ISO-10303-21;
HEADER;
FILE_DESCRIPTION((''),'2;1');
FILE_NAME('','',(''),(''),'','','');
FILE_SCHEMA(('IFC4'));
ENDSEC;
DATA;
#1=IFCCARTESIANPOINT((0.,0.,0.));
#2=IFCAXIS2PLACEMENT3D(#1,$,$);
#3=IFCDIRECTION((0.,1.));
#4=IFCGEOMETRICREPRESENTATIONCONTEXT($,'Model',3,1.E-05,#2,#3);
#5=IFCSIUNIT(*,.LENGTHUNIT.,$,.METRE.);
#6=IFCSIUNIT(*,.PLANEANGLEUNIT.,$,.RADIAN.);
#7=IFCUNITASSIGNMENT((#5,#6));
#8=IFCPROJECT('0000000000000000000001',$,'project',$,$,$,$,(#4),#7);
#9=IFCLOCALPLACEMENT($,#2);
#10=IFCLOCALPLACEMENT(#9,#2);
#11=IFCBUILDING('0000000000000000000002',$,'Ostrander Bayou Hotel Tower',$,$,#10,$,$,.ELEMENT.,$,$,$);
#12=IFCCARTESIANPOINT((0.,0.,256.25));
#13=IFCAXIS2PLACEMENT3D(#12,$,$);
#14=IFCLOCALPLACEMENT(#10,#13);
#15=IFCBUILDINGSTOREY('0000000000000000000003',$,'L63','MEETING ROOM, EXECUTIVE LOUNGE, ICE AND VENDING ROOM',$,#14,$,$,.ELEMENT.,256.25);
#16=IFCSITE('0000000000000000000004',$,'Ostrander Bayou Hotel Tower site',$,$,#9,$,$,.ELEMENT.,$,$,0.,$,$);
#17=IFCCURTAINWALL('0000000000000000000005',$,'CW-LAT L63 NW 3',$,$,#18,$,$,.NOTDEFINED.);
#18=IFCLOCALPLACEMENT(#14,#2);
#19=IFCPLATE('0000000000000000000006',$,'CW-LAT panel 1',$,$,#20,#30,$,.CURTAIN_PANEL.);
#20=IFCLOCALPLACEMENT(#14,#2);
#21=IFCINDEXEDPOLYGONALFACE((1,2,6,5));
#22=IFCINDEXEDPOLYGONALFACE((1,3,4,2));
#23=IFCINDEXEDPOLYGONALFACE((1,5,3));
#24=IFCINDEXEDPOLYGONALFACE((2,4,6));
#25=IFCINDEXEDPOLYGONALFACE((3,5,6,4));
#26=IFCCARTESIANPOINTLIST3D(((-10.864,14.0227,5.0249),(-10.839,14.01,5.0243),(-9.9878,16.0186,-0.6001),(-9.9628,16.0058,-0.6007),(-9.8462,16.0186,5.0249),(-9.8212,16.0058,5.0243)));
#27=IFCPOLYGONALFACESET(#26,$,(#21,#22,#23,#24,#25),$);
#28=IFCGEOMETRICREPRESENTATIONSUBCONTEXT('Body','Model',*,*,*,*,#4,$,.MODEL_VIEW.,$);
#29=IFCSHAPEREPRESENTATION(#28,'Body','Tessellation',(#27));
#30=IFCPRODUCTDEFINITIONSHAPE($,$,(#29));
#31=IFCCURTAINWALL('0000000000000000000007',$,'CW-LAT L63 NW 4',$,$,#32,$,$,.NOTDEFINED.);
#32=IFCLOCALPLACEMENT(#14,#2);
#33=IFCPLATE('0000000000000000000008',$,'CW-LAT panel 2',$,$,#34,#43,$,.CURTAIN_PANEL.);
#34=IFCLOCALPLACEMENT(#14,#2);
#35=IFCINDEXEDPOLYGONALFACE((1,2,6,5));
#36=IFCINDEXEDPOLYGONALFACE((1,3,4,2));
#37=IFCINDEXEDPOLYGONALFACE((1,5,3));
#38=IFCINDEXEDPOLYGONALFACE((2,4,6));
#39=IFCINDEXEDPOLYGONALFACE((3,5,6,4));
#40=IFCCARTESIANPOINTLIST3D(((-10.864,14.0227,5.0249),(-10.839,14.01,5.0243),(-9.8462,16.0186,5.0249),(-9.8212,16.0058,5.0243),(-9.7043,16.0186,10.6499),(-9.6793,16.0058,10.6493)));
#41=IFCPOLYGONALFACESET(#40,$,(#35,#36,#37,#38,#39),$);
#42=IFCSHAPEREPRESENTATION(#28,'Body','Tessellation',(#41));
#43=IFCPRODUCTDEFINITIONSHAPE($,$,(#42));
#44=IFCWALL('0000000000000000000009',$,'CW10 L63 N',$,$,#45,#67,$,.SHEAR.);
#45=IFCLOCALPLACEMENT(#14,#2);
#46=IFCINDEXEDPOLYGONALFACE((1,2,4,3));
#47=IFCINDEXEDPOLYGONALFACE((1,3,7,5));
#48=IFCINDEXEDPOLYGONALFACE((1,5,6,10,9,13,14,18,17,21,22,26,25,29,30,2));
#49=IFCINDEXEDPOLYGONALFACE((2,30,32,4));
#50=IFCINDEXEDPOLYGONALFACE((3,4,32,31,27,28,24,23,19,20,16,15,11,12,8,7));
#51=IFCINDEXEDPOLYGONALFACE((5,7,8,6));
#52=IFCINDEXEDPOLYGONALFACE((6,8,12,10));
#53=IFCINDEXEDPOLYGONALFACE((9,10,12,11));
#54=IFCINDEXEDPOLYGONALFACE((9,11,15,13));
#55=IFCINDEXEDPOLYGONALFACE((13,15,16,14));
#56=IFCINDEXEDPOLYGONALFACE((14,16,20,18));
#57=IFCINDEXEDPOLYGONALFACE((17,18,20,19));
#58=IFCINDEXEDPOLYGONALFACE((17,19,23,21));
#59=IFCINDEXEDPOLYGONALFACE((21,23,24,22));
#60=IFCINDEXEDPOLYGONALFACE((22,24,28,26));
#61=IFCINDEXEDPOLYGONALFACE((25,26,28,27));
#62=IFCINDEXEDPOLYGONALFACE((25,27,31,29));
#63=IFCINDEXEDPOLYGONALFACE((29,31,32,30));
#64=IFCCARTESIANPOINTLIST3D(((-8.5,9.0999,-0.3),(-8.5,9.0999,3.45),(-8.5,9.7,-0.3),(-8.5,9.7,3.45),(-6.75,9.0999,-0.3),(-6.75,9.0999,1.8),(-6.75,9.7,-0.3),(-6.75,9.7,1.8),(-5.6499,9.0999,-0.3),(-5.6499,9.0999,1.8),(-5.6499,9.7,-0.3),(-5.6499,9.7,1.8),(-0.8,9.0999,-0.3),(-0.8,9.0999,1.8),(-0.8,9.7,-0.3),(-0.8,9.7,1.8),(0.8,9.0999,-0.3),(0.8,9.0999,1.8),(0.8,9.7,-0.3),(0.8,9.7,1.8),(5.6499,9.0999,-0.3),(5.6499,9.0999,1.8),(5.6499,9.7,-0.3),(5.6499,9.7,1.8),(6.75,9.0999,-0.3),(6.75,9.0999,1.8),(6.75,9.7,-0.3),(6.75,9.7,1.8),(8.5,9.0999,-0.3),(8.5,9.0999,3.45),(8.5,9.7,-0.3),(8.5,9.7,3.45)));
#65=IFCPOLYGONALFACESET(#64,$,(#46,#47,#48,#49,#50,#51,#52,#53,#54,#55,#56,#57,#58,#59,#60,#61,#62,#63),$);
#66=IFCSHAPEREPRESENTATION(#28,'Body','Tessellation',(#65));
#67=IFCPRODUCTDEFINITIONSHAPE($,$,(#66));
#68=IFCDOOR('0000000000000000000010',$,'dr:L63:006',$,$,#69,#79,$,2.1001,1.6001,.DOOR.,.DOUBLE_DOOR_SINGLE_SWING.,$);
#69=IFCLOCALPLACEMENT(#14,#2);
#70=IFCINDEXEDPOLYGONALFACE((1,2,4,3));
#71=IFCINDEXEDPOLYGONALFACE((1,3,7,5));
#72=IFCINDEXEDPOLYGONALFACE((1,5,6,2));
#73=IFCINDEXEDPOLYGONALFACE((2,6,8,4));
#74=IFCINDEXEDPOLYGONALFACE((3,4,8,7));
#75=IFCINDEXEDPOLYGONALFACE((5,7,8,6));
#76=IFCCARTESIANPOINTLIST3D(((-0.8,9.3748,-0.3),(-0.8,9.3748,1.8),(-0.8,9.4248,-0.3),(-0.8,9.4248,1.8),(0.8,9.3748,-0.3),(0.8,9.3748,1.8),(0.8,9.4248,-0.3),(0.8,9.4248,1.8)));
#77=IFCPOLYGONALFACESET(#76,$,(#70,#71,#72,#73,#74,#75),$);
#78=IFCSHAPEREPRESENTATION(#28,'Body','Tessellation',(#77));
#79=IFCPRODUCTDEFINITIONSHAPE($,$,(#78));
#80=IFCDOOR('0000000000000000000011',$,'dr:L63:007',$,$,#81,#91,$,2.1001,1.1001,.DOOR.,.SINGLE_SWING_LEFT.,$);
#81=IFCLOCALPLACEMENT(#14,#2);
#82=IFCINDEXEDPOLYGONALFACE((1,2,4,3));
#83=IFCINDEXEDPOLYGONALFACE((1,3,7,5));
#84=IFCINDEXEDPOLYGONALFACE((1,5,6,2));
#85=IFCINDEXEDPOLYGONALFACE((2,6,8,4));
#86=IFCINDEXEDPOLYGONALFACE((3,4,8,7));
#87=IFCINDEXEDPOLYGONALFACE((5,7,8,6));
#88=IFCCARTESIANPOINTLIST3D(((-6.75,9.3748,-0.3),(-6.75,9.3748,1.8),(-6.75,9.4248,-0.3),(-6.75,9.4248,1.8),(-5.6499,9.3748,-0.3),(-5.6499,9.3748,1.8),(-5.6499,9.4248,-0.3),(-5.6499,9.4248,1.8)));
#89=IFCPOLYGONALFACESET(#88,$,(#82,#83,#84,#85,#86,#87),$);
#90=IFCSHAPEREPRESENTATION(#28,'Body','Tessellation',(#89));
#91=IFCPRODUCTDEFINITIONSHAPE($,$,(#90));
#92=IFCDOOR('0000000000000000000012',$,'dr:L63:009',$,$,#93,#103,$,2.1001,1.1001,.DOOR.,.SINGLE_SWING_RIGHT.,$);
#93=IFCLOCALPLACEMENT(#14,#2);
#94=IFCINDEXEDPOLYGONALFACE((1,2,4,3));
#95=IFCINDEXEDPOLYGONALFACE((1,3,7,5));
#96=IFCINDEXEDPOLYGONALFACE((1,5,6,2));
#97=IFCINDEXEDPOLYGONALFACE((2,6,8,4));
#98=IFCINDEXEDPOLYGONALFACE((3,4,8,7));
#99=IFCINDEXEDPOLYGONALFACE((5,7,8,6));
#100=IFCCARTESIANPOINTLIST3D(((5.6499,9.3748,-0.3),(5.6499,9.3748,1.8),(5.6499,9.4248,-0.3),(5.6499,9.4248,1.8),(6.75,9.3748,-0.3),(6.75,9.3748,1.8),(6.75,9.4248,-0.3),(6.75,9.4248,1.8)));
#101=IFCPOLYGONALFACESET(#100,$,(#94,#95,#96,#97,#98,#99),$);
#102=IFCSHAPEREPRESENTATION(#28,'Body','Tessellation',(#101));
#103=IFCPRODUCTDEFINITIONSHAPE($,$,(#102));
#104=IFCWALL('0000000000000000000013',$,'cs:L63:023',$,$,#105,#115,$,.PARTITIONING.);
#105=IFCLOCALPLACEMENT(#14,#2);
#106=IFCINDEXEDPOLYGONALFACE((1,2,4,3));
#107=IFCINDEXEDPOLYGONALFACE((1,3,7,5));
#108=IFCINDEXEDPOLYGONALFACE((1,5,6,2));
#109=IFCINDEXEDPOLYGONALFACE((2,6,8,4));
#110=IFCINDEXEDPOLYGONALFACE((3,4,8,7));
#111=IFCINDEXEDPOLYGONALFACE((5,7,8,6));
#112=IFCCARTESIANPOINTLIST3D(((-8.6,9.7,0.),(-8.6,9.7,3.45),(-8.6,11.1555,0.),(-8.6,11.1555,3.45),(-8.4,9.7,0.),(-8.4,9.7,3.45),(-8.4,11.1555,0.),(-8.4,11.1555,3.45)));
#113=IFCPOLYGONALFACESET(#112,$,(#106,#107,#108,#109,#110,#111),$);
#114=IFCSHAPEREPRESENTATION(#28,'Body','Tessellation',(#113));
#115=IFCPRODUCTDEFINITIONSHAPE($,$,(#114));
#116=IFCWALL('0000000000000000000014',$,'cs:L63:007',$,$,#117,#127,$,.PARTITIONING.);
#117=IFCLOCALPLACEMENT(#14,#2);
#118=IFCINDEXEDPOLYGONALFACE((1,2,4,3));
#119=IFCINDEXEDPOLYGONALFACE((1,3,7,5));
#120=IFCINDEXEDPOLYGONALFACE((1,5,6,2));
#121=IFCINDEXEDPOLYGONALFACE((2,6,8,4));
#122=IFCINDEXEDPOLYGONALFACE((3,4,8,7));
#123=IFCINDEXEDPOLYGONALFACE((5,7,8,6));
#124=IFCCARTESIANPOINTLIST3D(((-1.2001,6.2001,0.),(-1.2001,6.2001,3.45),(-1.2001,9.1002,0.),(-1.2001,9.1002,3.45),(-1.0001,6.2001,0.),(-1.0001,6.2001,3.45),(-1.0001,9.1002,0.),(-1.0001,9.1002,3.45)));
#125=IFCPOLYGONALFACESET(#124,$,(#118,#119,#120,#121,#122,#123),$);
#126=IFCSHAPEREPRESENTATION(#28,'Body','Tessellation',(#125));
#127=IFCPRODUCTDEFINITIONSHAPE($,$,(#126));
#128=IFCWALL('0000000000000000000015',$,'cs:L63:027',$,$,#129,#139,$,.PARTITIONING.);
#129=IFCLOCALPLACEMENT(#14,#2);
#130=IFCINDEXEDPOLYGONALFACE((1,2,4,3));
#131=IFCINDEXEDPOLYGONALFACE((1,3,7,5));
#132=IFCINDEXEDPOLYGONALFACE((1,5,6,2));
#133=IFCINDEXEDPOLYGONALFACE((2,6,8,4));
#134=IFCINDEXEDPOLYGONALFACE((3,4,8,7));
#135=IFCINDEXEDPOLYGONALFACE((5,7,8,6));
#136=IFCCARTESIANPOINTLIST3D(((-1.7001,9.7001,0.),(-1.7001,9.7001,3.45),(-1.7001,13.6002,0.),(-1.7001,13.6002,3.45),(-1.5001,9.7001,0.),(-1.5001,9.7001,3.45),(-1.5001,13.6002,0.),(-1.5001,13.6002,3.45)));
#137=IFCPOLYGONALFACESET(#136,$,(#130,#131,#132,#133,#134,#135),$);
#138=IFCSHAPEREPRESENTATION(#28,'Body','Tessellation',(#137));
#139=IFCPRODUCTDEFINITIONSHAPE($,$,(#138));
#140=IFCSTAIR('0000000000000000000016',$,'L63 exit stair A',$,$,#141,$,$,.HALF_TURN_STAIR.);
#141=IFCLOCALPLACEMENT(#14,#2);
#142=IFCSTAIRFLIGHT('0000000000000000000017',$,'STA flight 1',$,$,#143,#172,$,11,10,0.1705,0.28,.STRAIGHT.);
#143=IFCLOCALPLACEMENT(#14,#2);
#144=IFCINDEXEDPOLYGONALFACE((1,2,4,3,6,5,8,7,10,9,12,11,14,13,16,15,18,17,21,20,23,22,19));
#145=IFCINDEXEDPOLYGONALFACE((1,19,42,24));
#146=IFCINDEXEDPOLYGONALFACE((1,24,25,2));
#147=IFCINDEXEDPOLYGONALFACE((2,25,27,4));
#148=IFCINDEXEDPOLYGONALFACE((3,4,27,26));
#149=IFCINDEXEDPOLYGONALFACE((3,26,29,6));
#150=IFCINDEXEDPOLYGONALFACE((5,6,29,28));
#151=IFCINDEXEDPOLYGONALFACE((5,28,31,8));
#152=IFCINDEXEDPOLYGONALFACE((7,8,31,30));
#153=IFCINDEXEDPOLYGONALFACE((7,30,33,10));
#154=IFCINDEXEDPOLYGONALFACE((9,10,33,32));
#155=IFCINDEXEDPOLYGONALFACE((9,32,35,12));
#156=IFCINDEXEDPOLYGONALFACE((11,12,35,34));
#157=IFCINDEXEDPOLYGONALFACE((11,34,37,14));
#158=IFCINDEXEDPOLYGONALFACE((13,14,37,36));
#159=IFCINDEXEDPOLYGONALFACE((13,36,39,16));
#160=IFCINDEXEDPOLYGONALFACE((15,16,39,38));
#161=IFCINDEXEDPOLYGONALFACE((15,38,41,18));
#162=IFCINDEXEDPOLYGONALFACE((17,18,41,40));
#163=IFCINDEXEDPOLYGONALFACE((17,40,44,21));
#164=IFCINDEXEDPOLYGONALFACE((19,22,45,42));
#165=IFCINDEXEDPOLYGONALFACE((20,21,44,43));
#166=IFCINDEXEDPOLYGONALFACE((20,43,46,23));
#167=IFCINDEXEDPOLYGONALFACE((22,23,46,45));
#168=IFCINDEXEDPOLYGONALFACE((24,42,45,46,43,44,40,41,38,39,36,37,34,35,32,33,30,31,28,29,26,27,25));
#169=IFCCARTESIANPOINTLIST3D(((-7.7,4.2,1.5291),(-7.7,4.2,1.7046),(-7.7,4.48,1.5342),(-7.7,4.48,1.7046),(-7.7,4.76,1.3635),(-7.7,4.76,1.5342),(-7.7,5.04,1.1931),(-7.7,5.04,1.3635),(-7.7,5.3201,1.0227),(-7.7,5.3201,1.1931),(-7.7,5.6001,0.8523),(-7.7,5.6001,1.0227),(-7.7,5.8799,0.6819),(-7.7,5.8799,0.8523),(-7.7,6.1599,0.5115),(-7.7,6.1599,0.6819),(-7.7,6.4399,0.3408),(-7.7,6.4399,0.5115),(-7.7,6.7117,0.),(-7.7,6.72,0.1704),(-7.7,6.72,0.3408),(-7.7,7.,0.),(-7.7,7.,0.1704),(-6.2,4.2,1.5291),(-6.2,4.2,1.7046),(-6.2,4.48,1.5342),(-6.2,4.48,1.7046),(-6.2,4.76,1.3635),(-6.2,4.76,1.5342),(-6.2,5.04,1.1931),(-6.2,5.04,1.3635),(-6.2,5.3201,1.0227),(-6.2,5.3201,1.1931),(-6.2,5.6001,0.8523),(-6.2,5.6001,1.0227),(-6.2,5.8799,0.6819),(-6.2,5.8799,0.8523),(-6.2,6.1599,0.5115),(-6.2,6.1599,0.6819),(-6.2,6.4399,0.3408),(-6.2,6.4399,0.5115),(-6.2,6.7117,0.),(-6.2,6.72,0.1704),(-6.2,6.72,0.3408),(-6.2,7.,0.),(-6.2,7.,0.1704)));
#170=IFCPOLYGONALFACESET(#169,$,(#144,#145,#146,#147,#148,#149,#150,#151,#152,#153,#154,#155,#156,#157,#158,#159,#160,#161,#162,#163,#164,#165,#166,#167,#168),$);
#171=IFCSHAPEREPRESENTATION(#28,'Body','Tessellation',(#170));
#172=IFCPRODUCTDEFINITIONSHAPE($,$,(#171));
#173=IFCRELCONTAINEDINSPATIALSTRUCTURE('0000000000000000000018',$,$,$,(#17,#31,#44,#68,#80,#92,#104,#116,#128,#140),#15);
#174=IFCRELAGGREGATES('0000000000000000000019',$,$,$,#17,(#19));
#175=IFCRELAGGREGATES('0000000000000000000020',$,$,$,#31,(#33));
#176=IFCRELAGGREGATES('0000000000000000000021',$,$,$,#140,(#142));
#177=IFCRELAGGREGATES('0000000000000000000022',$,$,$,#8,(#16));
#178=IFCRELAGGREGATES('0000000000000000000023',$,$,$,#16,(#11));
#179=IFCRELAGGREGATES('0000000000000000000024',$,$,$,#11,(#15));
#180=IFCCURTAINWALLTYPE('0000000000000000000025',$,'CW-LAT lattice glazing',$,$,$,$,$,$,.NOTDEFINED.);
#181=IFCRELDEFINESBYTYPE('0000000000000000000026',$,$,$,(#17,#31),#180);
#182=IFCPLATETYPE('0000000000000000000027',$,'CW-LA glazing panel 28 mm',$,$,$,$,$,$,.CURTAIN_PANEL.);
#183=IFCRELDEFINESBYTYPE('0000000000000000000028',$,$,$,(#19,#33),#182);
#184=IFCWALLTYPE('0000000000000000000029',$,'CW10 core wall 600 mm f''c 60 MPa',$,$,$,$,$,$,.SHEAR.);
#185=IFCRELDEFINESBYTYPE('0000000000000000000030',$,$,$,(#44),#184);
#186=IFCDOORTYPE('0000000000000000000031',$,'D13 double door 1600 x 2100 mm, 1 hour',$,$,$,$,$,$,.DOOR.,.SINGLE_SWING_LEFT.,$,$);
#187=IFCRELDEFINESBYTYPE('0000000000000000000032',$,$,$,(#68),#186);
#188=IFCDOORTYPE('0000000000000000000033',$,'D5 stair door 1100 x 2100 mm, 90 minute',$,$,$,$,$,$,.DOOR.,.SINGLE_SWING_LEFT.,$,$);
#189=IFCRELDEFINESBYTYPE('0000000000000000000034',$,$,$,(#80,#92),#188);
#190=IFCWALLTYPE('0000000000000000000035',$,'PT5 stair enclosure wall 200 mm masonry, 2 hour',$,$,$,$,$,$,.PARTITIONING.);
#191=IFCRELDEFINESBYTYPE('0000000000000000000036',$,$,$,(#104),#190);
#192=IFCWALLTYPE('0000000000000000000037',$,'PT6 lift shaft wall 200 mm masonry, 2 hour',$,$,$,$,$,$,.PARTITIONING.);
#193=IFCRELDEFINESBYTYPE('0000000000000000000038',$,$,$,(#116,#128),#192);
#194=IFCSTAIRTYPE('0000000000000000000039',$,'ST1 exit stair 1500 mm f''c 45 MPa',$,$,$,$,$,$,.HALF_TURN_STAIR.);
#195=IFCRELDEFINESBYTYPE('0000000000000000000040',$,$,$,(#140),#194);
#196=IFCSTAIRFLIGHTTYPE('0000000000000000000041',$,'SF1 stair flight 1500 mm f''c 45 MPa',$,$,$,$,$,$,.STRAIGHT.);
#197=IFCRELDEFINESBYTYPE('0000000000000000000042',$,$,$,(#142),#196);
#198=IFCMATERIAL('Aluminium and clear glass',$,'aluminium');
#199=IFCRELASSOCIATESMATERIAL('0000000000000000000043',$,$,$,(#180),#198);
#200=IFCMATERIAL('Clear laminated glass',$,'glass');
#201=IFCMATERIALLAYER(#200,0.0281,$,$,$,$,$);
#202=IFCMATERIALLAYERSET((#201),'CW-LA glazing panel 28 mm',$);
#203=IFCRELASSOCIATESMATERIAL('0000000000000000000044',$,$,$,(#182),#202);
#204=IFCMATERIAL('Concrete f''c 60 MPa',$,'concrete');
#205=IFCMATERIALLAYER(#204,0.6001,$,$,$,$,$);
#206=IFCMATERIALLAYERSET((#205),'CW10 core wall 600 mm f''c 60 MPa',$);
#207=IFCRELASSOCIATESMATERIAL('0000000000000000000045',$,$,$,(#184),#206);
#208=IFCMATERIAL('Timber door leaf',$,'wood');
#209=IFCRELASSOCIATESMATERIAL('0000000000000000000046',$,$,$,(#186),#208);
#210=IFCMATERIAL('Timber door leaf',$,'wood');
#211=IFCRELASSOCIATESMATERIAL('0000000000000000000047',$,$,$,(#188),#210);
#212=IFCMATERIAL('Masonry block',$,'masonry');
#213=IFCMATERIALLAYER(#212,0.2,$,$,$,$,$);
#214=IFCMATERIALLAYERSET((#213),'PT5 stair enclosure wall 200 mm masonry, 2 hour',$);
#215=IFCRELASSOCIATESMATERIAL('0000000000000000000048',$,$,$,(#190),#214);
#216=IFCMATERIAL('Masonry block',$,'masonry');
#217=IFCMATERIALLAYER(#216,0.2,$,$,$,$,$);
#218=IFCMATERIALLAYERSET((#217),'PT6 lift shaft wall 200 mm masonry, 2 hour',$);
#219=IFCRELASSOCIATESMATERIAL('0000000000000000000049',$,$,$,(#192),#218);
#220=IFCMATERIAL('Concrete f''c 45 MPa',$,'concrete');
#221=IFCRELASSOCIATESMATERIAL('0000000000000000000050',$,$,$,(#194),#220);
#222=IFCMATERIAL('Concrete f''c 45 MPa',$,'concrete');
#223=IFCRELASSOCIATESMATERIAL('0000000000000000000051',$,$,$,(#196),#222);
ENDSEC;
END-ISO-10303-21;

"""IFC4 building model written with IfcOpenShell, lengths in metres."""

from ifc_helpers import new_model, si_unit, direction, frame, frame_2d, origin, place, context, subcontext, project, spatial, polyline, rectangle, outline, extrude, material, layer, layer_set, type_object, element, fill, aggregate, save


model = new_model("IFC4")

# Units and contexts
model_context = context("Model", 3, precision=1e-05, world=origin(), true_north=direction((0.0, 1.0)))
body_context = subcontext(model_context, "Body", "Model", "MODEL_VIEW")
ifc_project = project(units=[si_unit("LENGTHUNIT", "METRE"), si_unit("PLANEANGLEUNIT", "RADIAN")], contexts=[model_context])

# Site, building, storey
site_placement = place(None, origin())
site = spatial("IfcSite", under=ifc_project, at=site_placement, Name="Ostrander Bayou Hotel Tower site", CompositionType="ELEMENT", RefElevation=0.0)
building_placement = place(site_placement, origin())
building = spatial("IfcBuilding", under=site, at=building_placement, Name="Ostrander Bayou Hotel Tower", CompositionType="ELEMENT")
storey_placement = place(building_placement, frame((0.0, 0.0, 256.25)))
storey = spatial("IfcBuildingStorey", under=building, at=storey_placement, Name="L63", Description="MEETING ROOM, EXECUTIVE LOUNGE, ICE AND VENDING ROOM", CompositionType="ELEMENT", Elevation=256.25)

# Curtain walls, plates
ifc_material_1 = material(Name="Aluminium and clear glass", Category="aluminium")
curtain_wall_type = type_object("IfcCurtainWallType", Name="CW-LAT lattice glazing", PredefinedType="NOTDEFINED", material=ifc_material_1)
curtain_wall_1_placement = place(storey_placement, origin())
curtain_wall_1 = element("IfcCurtainWall", 1, at=curtain_wall_1_placement, inside=storey, type_object=curtain_wall_type, Name="CW-LAT L63 NW 3", PredefinedType="NOTDEFINED")
ifc_material_2 = material(Name="Clear laminated glass", Category="glass")
ifc_layer_1 = layer(ifc_material_2, 0.0281)
ifc_layer_set_1 = layer_set([ifc_layer_1], Name="CW-LA glazing panel 28 mm")
plate_type = type_object("IfcPlateType", Name="CW-LA glazing panel 28 mm", PredefinedType="CURTAIN_PANEL", material=ifc_layer_set_1)
plate_1_placement = place(storey_placement, frame((-10.864, 14.0227, 5.0249), z_axis=(-0.890623, 0.45419, 0.02242), x_axis=(0.145249, 0.330846, -0.93244)))
plate_1 = element("IfcPlate", 2, at=plate_1_placement, type_object=plate_type, Name="CW-LAT panel 1", PredefinedType="CURTAIN_PANEL", context=body_context, shape_type="SweptSolid", body=[
    extrude(outline(polyline([(0.0, 0.0), (6.0326, 0.0), (0.8082, -2.0896), (0.0, 0.0)])), origin(), (0.0, 0.0, -1.0), 0.0281),
])
aggregate(curtain_wall_1, [plate_1])
curtain_wall_2_placement = place(storey_placement, origin())
curtain_wall_2 = element("IfcCurtainWall", 3, at=curtain_wall_2_placement, inside=storey, type_object=curtain_wall_type, Name="CW-LAT L63 NW 4", PredefinedType="NOTDEFINED")
plate_2_placement = place(storey_placement, frame((-10.864, 14.0227, 5.0249), z_axis=(-0.890622, 0.45419, 0.022459), x_axis=(0.190728, 0.328254, 0.925134)))
plate_2 = element("IfcPlate", 4, at=plate_2_placement, type_object=plate_type, Name="CW-LAT panel 2", PredefinedType="CURTAIN_PANEL", context=body_context, shape_type="SweptSolid", body=[
    extrude(outline(polyline([(0.0, 0.0), (6.0802, 0.0), (0.8493, 2.0732), (0.0, 0.0)])), origin(), (0.0, 0.0, -1.0), 0.0281),
])
aggregate(curtain_wall_2, [plate_2])

# Wall, openings, doors
ifc_material_3 = material(Name="Concrete f'c 60 MPa", Category="concrete")
ifc_layer_2 = layer(ifc_material_3, 0.6001)
ifc_layer_set_2 = layer_set([ifc_layer_2], Name="CW10 core wall 600 mm f'c 60 MPa")
wall_type_1 = type_object("IfcWallType", Name="CW10 core wall 600 mm f'c 60 MPa", PredefinedType="SHEAR", material=ifc_layer_set_2)
wall_1_placement = place(storey_placement, frame((-8.5, 9.3999, -0.3), z_axis=(0.0, 0.0, 1.0), x_axis=(1.0, 0.0, 0.0)))
wall_1 = element("IfcWall", 5, at=wall_1_placement, inside=storey, type_object=wall_type_1, Name="CW10 L63 N", PredefinedType="SHEAR", context=body_context, shape_type="SweptSolid", body=[
    extrude(rectangle(XDim=17.0, YDim=0.6001, at=frame_2d((8.5, 0.0))), origin(), (0.0, 0.0, 1.0), 3.75),
])
opening_1_placement = place(wall_1_placement, frame((7.7, 0.0, 0.0)))
opening_1 = element("IfcOpeningElement", 6, at=opening_1_placement, cuts=wall_1, PredefinedType="OPENING", context=body_context, shape_type="SweptSolid", body=[
    extrude(rectangle(XDim=1.6001, YDim=2.1001, at=frame_2d((0.8, 1.05))), frame((0.0, 0.3, 0.0), z_axis=(0.0, -1.0, 0.0), x_axis=(1.0, 0.0, 0.0)), (0.0, 0.0, 1.0), 0.6001),
])
opening_2_placement = place(wall_1_placement, frame((1.75, 0.0, 0.0)))
opening_2 = element("IfcOpeningElement", 7, at=opening_2_placement, cuts=wall_1, PredefinedType="OPENING", context=body_context, shape_type="SweptSolid", body=[
    extrude(rectangle(XDim=1.1001, YDim=2.1001, at=frame_2d((0.55, 1.05))), frame((0.0, 0.3, 0.0), z_axis=(0.0, -1.0, 0.0), x_axis=(1.0, 0.0, 0.0)), (0.0, 0.0, 1.0), 0.6001),
])
opening_3_placement = place(wall_1_placement, frame((14.1499, 0.0, 0.0)))
opening_3 = element("IfcOpeningElement", 8, at=opening_3_placement, cuts=wall_1, PredefinedType="OPENING", context=body_context, shape_type="SweptSolid", body=[
    extrude(rectangle(XDim=1.1001, YDim=2.1001, at=frame_2d((0.55, 1.05))), frame((0.0, 0.3, 0.0), z_axis=(0.0, -1.0, 0.0), x_axis=(1.0, 0.0, 0.0)), (0.0, 0.0, 1.0), 0.6001),
])
ifc_material_4 = material(Name="Timber door leaf", Category="wood")
door_type_1 = type_object("IfcDoorType", Name="D13 double door 1600 x 2100 mm, 1 hour", OperationType="SINGLE_SWING_LEFT", PredefinedType="DOOR", material=ifc_material_4)
door_1_placement = place(opening_1_placement, origin())
door_1 = element("IfcDoor", 9, at=door_1_placement, inside=storey, type_object=door_type_1, Name="dr:L63:006", OperationType="DOUBLE_DOOR_SINGLE_SWING", OverallHeight=2.1001, OverallWidth=1.6001, PredefinedType="DOOR", context=body_context, shape_type="SweptSolid", body=[
    extrude(rectangle(XDim=1.6001, YDim=2.1001, at=frame_2d((0.8, 1.05))), frame((0.0, 0.0249, 0.0), z_axis=(0.0, -1.0, 0.0), x_axis=(1.0, 0.0, 0.0)), (0.0, 0.0, 1.0), 0.05),
])
fill(opening_1, door_1)
ifc_material_5 = material(Name="Timber door leaf", Category="wood")
door_type_2 = type_object("IfcDoorType", Name="D5 stair door 1100 x 2100 mm, 90 minute", OperationType="SINGLE_SWING_LEFT", PredefinedType="DOOR", material=ifc_material_5)
door_2_placement = place(opening_2_placement, origin())
door_2 = element("IfcDoor", 10, at=door_2_placement, inside=storey, type_object=door_type_2, Name="dr:L63:007", OperationType="SINGLE_SWING_LEFT", OverallHeight=2.1001, OverallWidth=1.1001, PredefinedType="DOOR", context=body_context, shape_type="SweptSolid", body=[
    extrude(rectangle(XDim=1.1001, YDim=2.1001, at=frame_2d((0.55, 1.05))), frame((0.0, 0.0249, 0.0), z_axis=(0.0, -1.0, 0.0), x_axis=(1.0, 0.0, 0.0)), (0.0, 0.0, 1.0), 0.05),
])
fill(opening_2, door_2)
door_3_placement = place(opening_3_placement, origin())
door_3 = element("IfcDoor", 11, at=door_3_placement, inside=storey, type_object=door_type_2, Name="dr:L63:009", OperationType="SINGLE_SWING_RIGHT", OverallHeight=2.1001, OverallWidth=1.1001, PredefinedType="DOOR", context=body_context, shape_type="SweptSolid", body=[
    extrude(rectangle(XDim=1.1001, YDim=2.1001, at=frame_2d((0.55, 1.05))), frame((0.0, 0.0249, 0.0), z_axis=(0.0, -1.0, 0.0), x_axis=(1.0, 0.0, 0.0)), (0.0, 0.0, 1.0), 0.05),
])
fill(opening_3, door_3)

# Shared definitions
ifc_material_6 = material(Name="Masonry block", Category="masonry")
ifc_layer_3 = layer(ifc_material_6, 0.2)
ifc_layer_set_3 = layer_set([ifc_layer_3], Name="PT5 stair enclosure wall 200 mm masonry, 2 hour")
wall_type_2 = type_object("IfcWallType", Name="PT5 stair enclosure wall 200 mm masonry, 2 hour", PredefinedType="PARTITIONING", material=ifc_layer_set_3)

# Wall
wall_2_placement = place(storey_placement, frame((-8.5, 9.7, 0.0), z_axis=(0.0, 0.0, 1.0), x_axis=(0.0, 1.0, 0.0)))
element("IfcWall", 12, at=wall_2_placement, inside=storey, type_object=wall_type_2, Name="cs:L63:023", PredefinedType="PARTITIONING", context=body_context, shape_type="SweptSolid", body=[
    extrude(rectangle(XDim=1.4556, YDim=0.2, at=frame_2d((0.7278, 0.0))), origin(), (0.0, 0.0, 1.0), 3.45),
])

# Shared definitions
ifc_material_7 = material(Name="Masonry block", Category="masonry")
ifc_layer_4 = layer(ifc_material_7, 0.2)
ifc_layer_set_4 = layer_set([ifc_layer_4], Name="PT6 lift shaft wall 200 mm masonry, 2 hour")
wall_type_3 = type_object("IfcWallType", Name="PT6 lift shaft wall 200 mm masonry, 2 hour", PredefinedType="PARTITIONING", material=ifc_layer_set_4)

# Walls
wall_3_placement = place(storey_placement, frame((-1.1001, 6.2, 0.0), z_axis=(0.0, 0.0, 1.0), x_axis=(0.0, 1.0, 0.0)))
element("IfcWall", 13, at=wall_3_placement, inside=storey, type_object=wall_type_3, Name="cs:L63:007", PredefinedType="PARTITIONING", context=body_context, shape_type="SweptSolid", body=[
    extrude(rectangle(XDim=2.9001, YDim=0.2, at=frame_2d((1.4502, 0.0))), origin(), (0.0, 0.0, 1.0), 3.45),
])
wall_4_placement = place(storey_placement, frame((-1.6001, 9.7, 0.0), z_axis=(0.0, 0.0, 1.0), x_axis=(0.0, 1.0, 0.0)))
element("IfcWall", 14, at=wall_4_placement, inside=storey, type_object=wall_type_3, Name="cs:L63:027", PredefinedType="PARTITIONING", context=body_context, shape_type="SweptSolid", body=[
    extrude(rectangle(XDim=3.9001, YDim=0.2, at=frame_2d((1.9502, 0.0))), origin(), (0.0, 0.0, 1.0), 3.45),
])

# Stair, stair flight
ifc_material_8 = material(Name="Concrete f'c 45 MPa", Category="concrete")
stair_type = type_object("IfcStairType", Name="ST1 exit stair 1500 mm f'c 45 MPa", PredefinedType="HALF_TURN_STAIR", material=ifc_material_8)
stair_placement = place(storey_placement, origin())
stair = element("IfcStair", 15, at=stair_placement, inside=storey, type_object=stair_type, Name="L63 exit stair A", PredefinedType="HALF_TURN_STAIR")
ifc_material_9 = material(Name="Concrete f'c 45 MPa", Category="concrete")
stair_flight_type = type_object("IfcStairFlightType", Name="SF1 stair flight 1500 mm f'c 45 MPa", PredefinedType="STRAIGHT", material=ifc_material_9)
stair_flight_1_placement = place(storey_placement, frame((-6.95, 7.0, 0.0), z_axis=(0.0, 0.0, 1.0), x_axis=(0.0, -1.0, 0.0)))
stair_flight_1 = element("IfcStairFlight", 16, at=stair_flight_1_placement, type_object=stair_flight_type, Name="STA flight 1", NumberOfRisers=11, NumberOfTreads=10, PredefinedType="STRAIGHT", RiserHeight=0.1705, TreadLength=0.28, context=body_context, shape_type="SweptSolid", body=[
    extrude(outline(polyline([(0.0, 0.0), (0.0, 0.1704), (0.28, 0.1704), (0.28, 0.3408), (0.5601, 0.3408), (0.5601, 0.5115), (0.8401, 0.5115), (0.8401, 0.6819), (1.1201, 0.6819), (1.1201, 0.8523), (1.3999, 0.8523), (1.3999, 1.0227), (1.6799, 1.0227), (1.6799, 1.1931), (1.96, 1.1931), (1.96, 1.3635), (2.24, 1.3635), (2.24, 1.5342), (2.52, 1.5342), (2.52, 1.7046), (2.8, 1.7046), (2.8, 1.875), (2.8, 1.5291), (0.2883, 0.0), (0.0, 0.0)])), frame((0.0, 0.75, 0.0), z_axis=(0.0, -1.0, 0.0), x_axis=(1.0, 0.0, 0.0)), (0.0, 0.0, 1.0), 1.5),
])
aggregate(stair, [stair_flight_1])

save(model, "model.ifc")
